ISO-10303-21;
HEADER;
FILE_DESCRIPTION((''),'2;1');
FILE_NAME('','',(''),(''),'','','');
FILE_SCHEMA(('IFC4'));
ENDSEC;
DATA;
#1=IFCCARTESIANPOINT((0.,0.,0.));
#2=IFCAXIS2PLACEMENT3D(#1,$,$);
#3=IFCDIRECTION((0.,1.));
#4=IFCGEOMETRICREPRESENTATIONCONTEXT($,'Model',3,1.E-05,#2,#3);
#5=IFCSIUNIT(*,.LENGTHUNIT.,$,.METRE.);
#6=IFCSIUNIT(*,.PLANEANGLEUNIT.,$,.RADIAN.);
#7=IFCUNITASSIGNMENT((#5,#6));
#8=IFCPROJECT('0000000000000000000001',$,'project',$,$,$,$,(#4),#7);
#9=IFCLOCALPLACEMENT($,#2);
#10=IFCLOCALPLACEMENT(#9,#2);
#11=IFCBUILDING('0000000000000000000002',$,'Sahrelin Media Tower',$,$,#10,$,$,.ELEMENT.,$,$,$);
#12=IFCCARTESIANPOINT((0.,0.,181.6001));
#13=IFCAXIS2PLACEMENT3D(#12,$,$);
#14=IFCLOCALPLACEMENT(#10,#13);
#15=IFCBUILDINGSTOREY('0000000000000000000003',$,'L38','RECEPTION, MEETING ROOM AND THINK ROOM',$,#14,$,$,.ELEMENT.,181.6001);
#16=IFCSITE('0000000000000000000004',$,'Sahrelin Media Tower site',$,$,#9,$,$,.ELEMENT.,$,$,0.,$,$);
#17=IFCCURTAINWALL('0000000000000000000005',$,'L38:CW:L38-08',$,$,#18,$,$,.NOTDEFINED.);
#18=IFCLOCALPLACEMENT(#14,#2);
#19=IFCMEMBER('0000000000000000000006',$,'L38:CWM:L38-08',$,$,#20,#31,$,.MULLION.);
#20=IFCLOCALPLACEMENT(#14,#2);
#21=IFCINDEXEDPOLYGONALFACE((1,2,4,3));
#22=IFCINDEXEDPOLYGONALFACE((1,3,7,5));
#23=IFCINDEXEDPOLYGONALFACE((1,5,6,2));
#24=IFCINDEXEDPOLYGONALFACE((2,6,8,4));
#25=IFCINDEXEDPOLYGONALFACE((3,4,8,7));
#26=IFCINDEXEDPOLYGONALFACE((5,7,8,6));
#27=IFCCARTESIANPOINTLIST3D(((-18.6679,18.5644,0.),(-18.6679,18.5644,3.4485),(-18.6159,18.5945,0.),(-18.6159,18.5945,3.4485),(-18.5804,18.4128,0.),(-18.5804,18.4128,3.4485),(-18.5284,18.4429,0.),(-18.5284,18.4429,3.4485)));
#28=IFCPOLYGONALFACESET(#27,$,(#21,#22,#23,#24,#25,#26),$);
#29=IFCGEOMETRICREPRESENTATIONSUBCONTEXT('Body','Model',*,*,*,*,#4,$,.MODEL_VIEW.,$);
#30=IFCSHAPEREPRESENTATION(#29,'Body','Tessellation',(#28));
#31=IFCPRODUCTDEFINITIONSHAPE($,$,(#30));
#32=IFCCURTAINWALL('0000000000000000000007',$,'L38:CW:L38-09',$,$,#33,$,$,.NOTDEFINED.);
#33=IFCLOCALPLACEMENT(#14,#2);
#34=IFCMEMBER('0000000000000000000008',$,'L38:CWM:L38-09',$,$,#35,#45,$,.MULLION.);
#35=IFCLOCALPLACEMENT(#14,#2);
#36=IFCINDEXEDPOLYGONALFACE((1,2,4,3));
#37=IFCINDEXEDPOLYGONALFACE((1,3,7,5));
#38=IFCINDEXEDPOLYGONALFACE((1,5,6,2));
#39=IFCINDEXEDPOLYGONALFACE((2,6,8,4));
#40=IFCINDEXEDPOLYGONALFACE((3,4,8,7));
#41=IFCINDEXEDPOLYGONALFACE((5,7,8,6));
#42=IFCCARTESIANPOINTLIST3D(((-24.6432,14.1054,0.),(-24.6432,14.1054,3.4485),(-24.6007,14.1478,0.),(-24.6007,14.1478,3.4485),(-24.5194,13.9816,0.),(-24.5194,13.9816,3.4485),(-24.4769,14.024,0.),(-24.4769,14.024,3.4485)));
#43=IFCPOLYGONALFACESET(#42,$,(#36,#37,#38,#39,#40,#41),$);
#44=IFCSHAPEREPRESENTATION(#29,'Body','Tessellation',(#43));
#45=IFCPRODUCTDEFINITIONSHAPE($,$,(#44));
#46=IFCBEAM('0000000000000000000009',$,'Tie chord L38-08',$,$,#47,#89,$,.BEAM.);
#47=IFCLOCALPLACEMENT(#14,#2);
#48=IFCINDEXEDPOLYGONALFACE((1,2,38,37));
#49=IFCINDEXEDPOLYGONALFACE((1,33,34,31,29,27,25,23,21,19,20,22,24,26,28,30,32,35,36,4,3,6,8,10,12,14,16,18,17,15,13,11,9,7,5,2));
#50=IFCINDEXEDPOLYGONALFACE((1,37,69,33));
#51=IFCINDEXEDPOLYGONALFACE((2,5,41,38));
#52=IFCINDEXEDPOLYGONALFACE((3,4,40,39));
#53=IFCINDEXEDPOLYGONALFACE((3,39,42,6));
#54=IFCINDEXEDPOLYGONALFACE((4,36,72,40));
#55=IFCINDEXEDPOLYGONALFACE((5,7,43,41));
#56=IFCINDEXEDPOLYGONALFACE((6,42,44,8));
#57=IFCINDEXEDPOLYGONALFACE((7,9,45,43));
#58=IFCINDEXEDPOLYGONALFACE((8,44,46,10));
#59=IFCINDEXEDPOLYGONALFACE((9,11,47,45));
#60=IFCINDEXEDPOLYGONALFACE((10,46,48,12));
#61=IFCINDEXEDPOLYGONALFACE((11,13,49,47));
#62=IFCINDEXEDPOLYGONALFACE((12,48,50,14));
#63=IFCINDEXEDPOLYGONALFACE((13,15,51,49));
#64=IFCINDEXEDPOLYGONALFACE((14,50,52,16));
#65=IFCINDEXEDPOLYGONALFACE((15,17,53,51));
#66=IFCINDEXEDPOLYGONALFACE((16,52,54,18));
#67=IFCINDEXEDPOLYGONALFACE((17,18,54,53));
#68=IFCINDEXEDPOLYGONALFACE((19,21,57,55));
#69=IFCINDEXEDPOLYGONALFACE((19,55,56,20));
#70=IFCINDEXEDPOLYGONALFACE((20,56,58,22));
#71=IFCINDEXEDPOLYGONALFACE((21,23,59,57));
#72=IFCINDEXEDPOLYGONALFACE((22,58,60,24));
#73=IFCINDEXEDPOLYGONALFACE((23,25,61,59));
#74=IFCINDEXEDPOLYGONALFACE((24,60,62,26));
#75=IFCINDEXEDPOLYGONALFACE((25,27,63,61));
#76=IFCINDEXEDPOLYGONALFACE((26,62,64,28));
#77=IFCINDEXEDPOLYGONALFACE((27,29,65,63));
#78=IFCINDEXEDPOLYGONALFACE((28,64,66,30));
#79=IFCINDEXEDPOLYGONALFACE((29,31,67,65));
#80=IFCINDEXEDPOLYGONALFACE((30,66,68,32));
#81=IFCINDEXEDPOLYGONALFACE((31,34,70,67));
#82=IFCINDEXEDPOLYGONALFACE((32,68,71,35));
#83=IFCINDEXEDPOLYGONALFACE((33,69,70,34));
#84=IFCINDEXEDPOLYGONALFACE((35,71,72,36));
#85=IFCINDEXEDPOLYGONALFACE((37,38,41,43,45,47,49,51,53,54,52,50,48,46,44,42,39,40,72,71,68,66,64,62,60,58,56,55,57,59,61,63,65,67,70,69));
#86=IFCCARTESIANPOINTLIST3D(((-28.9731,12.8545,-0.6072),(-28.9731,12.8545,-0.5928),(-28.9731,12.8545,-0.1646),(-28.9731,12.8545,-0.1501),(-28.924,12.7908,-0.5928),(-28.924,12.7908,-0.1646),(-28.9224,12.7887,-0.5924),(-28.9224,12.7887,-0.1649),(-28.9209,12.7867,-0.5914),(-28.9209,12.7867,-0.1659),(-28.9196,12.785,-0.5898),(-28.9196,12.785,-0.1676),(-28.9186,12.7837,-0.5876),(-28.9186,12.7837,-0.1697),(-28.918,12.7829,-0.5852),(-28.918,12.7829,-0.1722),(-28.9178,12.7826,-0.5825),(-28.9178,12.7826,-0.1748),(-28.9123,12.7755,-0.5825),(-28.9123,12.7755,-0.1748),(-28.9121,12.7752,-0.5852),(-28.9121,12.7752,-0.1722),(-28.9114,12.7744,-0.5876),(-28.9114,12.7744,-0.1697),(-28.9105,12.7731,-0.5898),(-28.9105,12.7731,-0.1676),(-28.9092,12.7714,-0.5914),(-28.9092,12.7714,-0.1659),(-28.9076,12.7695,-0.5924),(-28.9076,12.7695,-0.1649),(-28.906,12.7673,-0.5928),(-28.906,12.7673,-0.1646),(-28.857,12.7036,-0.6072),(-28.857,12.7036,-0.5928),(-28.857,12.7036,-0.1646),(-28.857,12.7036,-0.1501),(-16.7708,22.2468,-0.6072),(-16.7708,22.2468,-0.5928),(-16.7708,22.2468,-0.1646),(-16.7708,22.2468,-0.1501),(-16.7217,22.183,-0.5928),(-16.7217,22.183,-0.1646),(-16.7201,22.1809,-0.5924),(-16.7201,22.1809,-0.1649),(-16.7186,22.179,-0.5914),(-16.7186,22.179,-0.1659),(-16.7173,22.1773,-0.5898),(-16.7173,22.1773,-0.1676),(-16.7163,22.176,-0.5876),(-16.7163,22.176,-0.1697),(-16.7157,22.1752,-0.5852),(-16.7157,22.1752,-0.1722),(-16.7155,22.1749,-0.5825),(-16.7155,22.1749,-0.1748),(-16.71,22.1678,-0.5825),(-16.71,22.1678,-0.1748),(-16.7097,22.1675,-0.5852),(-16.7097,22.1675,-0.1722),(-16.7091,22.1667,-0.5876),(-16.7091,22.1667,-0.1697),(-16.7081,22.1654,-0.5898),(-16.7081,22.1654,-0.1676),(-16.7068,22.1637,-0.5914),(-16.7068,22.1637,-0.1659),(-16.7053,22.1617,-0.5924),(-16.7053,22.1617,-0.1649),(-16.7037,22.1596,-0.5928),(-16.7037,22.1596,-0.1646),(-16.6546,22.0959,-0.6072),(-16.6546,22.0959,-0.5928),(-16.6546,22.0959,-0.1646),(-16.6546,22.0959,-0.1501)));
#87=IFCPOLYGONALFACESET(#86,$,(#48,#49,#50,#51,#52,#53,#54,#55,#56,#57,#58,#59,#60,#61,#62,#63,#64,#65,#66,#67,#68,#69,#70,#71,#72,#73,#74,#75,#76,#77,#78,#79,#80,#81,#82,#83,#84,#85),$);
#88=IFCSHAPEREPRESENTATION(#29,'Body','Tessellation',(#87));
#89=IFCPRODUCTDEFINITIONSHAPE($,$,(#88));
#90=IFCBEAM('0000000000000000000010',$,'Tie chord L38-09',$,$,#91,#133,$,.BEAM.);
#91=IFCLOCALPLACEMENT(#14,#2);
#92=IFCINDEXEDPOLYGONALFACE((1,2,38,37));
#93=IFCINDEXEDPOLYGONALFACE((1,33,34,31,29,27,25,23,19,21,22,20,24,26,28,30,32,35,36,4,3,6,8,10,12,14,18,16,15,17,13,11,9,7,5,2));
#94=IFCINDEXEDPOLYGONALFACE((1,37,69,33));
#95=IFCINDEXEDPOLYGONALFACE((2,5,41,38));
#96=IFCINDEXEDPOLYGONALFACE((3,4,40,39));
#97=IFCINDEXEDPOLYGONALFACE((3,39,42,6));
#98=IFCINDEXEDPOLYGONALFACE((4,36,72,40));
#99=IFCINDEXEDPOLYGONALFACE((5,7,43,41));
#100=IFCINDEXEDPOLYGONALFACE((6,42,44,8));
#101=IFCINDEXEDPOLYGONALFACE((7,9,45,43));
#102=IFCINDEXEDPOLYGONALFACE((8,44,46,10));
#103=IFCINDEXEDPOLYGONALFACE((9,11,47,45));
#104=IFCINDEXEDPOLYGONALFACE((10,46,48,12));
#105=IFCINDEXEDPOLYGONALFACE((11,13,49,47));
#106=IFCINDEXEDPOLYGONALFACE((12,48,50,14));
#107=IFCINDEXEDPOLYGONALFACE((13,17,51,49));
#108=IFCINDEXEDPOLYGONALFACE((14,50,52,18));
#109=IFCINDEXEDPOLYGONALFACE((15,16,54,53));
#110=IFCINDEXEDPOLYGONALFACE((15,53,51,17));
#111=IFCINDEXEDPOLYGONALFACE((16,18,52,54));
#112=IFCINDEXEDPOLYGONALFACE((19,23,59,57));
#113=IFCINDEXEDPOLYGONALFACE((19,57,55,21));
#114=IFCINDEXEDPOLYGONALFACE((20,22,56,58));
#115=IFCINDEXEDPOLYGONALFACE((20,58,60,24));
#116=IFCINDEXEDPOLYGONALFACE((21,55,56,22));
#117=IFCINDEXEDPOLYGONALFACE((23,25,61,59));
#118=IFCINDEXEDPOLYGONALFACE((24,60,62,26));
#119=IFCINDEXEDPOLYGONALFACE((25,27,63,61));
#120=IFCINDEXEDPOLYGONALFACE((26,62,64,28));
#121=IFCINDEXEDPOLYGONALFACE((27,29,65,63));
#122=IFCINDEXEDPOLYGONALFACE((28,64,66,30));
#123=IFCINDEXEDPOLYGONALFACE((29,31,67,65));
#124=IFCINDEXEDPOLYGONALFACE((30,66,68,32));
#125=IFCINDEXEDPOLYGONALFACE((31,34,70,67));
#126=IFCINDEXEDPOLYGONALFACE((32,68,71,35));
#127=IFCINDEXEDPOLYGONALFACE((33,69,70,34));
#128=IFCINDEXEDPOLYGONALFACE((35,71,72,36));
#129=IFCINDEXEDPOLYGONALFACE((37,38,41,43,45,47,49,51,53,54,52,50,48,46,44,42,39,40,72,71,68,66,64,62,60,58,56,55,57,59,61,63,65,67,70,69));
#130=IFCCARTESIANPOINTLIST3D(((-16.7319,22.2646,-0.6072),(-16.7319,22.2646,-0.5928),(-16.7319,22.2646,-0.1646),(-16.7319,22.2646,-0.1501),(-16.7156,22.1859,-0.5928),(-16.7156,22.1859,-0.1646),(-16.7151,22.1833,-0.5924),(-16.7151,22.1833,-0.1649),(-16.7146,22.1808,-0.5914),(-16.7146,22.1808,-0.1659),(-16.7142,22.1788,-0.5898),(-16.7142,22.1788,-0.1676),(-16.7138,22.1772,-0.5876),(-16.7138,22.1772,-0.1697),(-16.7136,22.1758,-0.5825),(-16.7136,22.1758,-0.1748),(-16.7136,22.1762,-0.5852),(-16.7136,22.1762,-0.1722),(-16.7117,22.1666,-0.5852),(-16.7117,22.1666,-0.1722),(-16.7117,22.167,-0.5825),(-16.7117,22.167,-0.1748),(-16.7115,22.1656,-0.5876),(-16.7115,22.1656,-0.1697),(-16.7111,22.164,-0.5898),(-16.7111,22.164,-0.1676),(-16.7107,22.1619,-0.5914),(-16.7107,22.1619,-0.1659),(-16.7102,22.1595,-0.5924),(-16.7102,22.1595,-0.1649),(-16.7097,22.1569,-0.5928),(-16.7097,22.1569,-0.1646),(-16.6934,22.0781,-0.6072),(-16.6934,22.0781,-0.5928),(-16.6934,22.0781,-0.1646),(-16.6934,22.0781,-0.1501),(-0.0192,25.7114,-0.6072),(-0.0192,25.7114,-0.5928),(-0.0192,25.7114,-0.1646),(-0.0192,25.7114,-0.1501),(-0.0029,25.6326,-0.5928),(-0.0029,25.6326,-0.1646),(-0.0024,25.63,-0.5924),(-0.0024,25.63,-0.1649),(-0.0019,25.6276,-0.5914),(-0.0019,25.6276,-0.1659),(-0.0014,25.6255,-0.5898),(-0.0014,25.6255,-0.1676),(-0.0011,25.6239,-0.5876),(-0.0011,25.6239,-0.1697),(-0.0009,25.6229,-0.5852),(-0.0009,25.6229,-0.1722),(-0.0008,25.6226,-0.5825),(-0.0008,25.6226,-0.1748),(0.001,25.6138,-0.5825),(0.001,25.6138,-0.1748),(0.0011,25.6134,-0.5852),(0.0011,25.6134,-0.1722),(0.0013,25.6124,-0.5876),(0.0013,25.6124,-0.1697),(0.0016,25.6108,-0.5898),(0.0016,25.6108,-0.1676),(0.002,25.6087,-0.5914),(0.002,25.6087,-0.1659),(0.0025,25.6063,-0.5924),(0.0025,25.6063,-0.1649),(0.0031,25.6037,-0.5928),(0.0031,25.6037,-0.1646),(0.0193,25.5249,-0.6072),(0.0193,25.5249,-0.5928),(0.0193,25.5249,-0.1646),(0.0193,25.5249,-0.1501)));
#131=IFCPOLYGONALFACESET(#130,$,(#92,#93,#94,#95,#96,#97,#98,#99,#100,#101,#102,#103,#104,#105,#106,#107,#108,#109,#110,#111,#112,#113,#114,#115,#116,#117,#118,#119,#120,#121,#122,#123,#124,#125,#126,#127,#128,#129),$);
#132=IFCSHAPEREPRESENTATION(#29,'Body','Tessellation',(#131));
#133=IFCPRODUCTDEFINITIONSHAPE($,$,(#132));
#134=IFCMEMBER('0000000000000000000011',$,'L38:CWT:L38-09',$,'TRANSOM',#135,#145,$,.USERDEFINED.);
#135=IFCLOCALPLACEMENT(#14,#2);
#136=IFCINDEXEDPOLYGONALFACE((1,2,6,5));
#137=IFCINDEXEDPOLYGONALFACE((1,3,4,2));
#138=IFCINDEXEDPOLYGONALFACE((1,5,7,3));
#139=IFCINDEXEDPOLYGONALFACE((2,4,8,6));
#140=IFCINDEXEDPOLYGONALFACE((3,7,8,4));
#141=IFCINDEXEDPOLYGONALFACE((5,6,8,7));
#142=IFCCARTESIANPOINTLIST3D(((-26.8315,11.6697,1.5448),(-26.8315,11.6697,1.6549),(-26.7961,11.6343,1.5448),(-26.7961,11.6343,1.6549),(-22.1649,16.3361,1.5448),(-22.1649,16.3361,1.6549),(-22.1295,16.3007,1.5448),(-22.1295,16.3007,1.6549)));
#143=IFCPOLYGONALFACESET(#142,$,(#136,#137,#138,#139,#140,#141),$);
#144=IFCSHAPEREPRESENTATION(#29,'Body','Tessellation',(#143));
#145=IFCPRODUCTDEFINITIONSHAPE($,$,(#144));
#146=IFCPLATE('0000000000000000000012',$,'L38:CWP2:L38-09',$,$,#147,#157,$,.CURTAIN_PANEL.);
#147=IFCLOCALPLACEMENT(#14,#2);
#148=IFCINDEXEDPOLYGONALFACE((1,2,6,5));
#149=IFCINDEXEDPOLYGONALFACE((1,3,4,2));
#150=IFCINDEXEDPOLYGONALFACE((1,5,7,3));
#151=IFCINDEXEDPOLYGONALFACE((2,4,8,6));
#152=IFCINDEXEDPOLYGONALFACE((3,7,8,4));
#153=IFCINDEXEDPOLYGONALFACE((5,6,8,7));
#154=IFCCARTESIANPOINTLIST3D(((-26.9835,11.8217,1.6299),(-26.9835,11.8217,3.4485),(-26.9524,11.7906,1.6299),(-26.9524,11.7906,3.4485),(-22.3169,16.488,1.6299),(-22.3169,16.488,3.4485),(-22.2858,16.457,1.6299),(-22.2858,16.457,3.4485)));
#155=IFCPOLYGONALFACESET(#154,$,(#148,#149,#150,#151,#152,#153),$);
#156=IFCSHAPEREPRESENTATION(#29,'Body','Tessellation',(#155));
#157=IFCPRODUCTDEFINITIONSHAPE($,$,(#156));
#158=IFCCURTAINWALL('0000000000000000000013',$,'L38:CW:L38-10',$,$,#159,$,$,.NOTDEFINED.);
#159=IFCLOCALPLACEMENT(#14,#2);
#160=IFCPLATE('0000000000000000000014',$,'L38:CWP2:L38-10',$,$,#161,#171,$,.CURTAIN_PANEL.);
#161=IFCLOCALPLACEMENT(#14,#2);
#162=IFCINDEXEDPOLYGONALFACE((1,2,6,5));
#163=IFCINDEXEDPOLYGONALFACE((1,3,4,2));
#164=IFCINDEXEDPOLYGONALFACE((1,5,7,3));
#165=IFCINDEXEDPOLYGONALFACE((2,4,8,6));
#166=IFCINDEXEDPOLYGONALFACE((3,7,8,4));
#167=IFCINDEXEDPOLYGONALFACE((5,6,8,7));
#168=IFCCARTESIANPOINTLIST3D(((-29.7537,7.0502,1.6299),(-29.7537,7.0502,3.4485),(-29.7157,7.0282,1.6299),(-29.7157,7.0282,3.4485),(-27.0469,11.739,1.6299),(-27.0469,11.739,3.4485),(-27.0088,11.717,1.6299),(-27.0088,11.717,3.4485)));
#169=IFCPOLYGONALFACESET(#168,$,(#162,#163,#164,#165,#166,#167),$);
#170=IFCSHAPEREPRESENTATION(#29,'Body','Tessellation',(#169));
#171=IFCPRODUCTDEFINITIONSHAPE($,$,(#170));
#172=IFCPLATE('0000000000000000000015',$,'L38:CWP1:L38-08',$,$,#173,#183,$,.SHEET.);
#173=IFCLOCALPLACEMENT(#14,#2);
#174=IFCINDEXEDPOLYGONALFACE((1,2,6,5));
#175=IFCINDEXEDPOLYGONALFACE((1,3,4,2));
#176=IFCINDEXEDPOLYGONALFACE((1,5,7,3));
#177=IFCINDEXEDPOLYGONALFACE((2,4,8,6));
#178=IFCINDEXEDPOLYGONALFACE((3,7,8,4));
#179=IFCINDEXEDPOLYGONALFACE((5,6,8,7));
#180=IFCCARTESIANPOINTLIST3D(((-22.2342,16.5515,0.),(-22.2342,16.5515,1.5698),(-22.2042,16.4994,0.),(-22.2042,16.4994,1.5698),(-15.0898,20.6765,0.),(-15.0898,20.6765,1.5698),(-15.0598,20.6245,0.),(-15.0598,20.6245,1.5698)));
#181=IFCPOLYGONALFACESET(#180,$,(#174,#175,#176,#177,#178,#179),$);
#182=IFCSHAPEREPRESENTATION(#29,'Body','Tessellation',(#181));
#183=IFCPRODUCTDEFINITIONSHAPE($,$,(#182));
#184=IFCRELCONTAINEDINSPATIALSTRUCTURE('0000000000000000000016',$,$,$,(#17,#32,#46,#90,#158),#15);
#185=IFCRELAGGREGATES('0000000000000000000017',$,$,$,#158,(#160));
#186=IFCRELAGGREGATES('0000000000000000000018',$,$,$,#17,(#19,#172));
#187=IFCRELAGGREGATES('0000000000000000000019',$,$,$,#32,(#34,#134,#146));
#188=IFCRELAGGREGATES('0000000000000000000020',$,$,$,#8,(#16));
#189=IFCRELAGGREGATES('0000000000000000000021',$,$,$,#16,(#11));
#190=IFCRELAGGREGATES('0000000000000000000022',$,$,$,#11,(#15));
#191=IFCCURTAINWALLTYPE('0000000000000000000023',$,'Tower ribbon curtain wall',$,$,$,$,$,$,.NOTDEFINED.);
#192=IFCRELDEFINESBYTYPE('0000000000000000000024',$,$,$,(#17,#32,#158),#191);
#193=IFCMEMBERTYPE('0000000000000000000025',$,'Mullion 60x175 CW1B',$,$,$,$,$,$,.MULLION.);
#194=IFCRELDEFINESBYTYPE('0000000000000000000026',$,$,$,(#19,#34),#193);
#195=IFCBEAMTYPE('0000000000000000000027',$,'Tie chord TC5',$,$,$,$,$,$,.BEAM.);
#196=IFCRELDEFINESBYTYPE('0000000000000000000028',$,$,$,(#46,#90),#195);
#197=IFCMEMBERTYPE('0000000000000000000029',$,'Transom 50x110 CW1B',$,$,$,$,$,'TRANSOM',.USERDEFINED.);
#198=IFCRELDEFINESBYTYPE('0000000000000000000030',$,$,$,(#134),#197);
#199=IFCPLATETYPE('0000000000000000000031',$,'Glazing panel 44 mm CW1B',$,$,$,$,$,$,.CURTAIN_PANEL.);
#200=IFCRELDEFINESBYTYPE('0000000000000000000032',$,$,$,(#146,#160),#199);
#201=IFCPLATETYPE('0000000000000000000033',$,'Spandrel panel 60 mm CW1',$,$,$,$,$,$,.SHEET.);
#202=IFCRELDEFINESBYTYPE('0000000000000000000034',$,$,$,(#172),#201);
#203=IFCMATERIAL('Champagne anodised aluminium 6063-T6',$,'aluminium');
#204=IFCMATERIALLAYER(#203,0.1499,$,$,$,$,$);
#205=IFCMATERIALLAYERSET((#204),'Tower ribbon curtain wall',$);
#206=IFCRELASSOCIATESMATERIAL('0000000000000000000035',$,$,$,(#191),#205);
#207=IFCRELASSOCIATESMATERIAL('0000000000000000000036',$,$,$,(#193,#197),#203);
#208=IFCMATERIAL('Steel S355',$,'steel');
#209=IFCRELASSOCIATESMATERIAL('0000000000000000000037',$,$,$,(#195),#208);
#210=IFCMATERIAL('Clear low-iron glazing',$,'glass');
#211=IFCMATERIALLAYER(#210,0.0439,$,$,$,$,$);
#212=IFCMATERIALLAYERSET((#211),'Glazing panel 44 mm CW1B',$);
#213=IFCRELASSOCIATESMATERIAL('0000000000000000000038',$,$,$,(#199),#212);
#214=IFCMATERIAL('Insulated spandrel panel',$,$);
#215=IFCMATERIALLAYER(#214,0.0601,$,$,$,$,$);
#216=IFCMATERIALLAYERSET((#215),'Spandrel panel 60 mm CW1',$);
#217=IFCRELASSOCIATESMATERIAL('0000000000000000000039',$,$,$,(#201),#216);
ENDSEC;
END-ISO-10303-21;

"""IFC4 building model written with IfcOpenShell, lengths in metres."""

from ifc_helpers import new_model, si_unit, direction, frame, origin, origin_2d, place, context, subcontext, project, spatial, polyline, rectangle, i_section, outline, extrude, material, layer, layer_set, material_profile, profile_set, type_object, element, aggregate, save


model = new_model("IFC4")

# Units and contexts
model_context = context("Model", 3, precision=1e-05, world=origin(), true_north=direction((0.0, 1.0)))
body_context = subcontext(model_context, "Body", "Model", "MODEL_VIEW")
ifc_project = project(units=[si_unit("LENGTHUNIT", "METRE"), si_unit("PLANEANGLEUNIT", "RADIAN")], contexts=[model_context])

# Site, building, storey
site_placement = place(None, origin())
site = spatial("IfcSite", under=ifc_project, at=site_placement, Name="Sahrelin Media Tower site", CompositionType="ELEMENT", RefElevation=0.0)
building_placement = place(site_placement, origin())
building = spatial("IfcBuilding", under=site, at=building_placement, Name="Sahrelin Media Tower", CompositionType="ELEMENT")
storey_placement = place(building_placement, frame((0.0, 0.0, 181.6001)))
storey = spatial("IfcBuildingStorey", under=building, at=storey_placement, Name="L38", Description="RECEPTION, MEETING ROOM AND THINK ROOM", CompositionType="ELEMENT", Elevation=181.6001)

# Shared definitions
ifc_material_1 = material(Name="Steel S355", Category="steel")

# Curtain walls, members
ifc_material_2 = material(Name="Champagne anodised aluminium 6063-T6", Category="aluminium")
ifc_layer_1 = layer(ifc_material_2, 0.1499)
ifc_layer_set_1 = layer_set([ifc_layer_1], Name="Tower ribbon curtain wall")
curtain_wall_type = type_object("IfcCurtainWallType", Name="Tower ribbon curtain wall", PredefinedType="NOTDEFINED", material=ifc_layer_set_1)
curtain_wall_1_placement = place(storey_placement, frame((-18.6521, 18.5967, 0.0), z_axis=(0.0, 0.0, 1.0), x_axis=(1.0, 0.0, 0.0)))
curtain_wall_1 = element("IfcCurtainWall", 1, at=curtain_wall_1_placement, inside=storey, type_object=curtain_wall_type, Name="L38:CW:L38-08", PredefinedType="NOTDEFINED")
ifc_material_profile_1 = material_profile(ifc_material_2, rectangle(XDim=0.0601, YDim=0.175, at=origin_2d()), Name="Mullion 60x175")
ifc_profile_set_1 = profile_set([ifc_material_profile_1], Name="Champagne anodised aluminium 6063-T6")
member_type_1 = type_object("IfcMemberType", Name="Mullion 60x175 CW1B", PredefinedType="MULLION", material=ifc_profile_set_1)
member_1_placement = place(storey_placement, frame((-18.5981, 18.5037, 0.0), z_axis=(0.0, 0.0, 1.0), x_axis=(-0.866021, -0.500008, 0.0)))
member_1 = element("IfcMember", 2, at=member_1_placement, type_object=member_type_1, Name="L38:CWM:L38-08", PredefinedType="MULLION", context=body_context, shape_type="SweptSolid", body=[
    extrude(rectangle(XDim=0.0601, YDim=0.175, at=origin_2d()), origin(), (0.0, 0.0, 1.0), 3.4485),
])
curtain_wall_2_placement = place(storey_placement, frame((-24.636, 14.1406, 0.0), z_axis=(0.0, 0.0, 1.0), x_axis=(1.0, 0.0, 0.0)))
curtain_wall_2 = element("IfcCurtainWall", 3, at=curtain_wall_2_placement, inside=storey, type_object=curtain_wall_type, Name="L38:CW:L38-09", PredefinedType="NOTDEFINED")
member_2_placement = place(storey_placement, frame((-24.5601, 14.0647, 0.0), z_axis=(0.0, 0.0, 1.0), x_axis=(-0.707107, -0.707107, 0.0)))
member_2 = element("IfcMember", 4, at=member_2_placement, type_object=member_type_1, Name="L38:CWM:L38-09", PredefinedType="MULLION", context=body_context, shape_type="SweptSolid", body=[
    extrude(rectangle(XDim=0.0601, YDim=0.175, at=origin_2d()), origin(), (0.0, 0.0, 1.0), 3.4485),
])

# Beams
ifc_material_profile_2 = material_profile(ifc_material_1, i_section(OverallWidth=0.1904, OverallDepth=0.457, WebThickness=0.009, FlangeThickness=0.0144, FilletRadius=0.0103, at=origin_2d()), Name="UB 457x191x74")
ifc_profile_set_2 = profile_set([ifc_material_profile_2], Name="Steel S355")
beam_type_1 = type_object("IfcBeamType", Name="Tie chord TC5", PredefinedType="BEAM", material=ifc_profile_set_2)
beam_1_placement = place(storey_placement, frame((-28.915, 12.7791, -0.3787), z_axis=(0.792439, 0.609951, 0.0), x_axis=(-0.609951, 0.792439, 0.0)))
element("IfcBeam", 5, at=beam_1_placement, inside=storey, type_object=beam_type_1, Name="Tie chord L38-08", PredefinedType="BEAM", context=body_context, shape_type="SweptSolid", body=[
    extrude(i_section(OverallWidth=0.1904, OverallDepth=0.457, WebThickness=0.009, FlangeThickness=0.0144, FilletRadius=0.0103, at=origin_2d()), origin(), (0.0, 0.0, 1.0), 15.3984),
])
beam_2_placement = place(storey_placement, frame((-16.7126, 22.1714, -0.3787), z_axis=(0.979388, 0.201987, 0.0), x_axis=(-0.201987, 0.979388, 0.0)))
element("IfcBeam", 6, at=beam_2_placement, inside=storey, type_object=beam_type_1, Name="Tie chord L38-09", PredefinedType="BEAM", context=body_context, shape_type="SweptSolid", body=[
    extrude(i_section(OverallWidth=0.1904, OverallDepth=0.457, WebThickness=0.009, FlangeThickness=0.0144, FilletRadius=0.0103, at=origin_2d()), origin(), (0.0, 0.0, 1.0), 17.0645),
])

# Member
ifc_material_profile_3 = material_profile(ifc_material_2, rectangle(XDim=0.05, YDim=0.1101, at=origin_2d()), Name="Transom 50x110")
ifc_profile_set_3 = profile_set([ifc_material_profile_3], Name="Champagne anodised aluminium 6063-T6")
member_type_2 = type_object("IfcMemberType", Name="Transom 50x110 CW1B", ElementType="TRANSOM", PredefinedType="USERDEFINED", material=ifc_profile_set_3)
member_3_placement = place(storey_placement, frame((-22.1472, 16.3184, 1.5999), z_axis=(-0.707125, -0.707088, 0.0), x_axis=(0.707088, -0.707125, 0.0)))
member_3 = element("IfcMember", 7, at=member_3_placement, type_object=member_type_2, Name="L38:CWT:L38-09", ObjectType="TRANSOM", PredefinedType="USERDEFINED", context=body_context, shape_type="SweptSolid", body=[
    extrude(rectangle(XDim=0.05, YDim=0.1101, at=origin_2d()), origin(), (0.0, 0.0, 1.0), 6.5994),
])

# Plate
ifc_material_3 = material(Name="Clear low-iron glazing", Category="glass")
ifc_layer_2 = layer(ifc_material_3, 0.0439)
ifc_layer_set_2 = layer_set([ifc_layer_2], Name="Glazing panel 44 mm CW1B")
plate_type_1 = type_object("IfcPlateType", Name="Glazing panel 44 mm CW1B", PredefinedType="CURTAIN_PANEL", material=ifc_layer_set_2)
plate_1_placement = place(storey_placement, frame((-22.3169, 16.488, 1.6299), z_axis=(-0.707088, 0.707125, 0.0), x_axis=(-0.707125, -0.707088, 0.0)))
plate_1 = element("IfcPlate", 8, at=plate_1_placement, type_object=plate_type_1, Name="L38:CWP2:L38-09", PredefinedType="CURTAIN_PANEL", context=body_context, shape_type="SweptSolid", body=[
    extrude(outline(polyline([(0.0, 0.0), (6.5994, 0.0), (6.5994, 1.8186), (0.0, 1.8186), (0.0, 0.0)])), origin(), (0.0, 0.0, -1.0), 0.0439),
])

# Curtain wall, plate
curtain_wall_3_placement = place(storey_placement, frame((-28.3828, 9.3845, 0.0), z_axis=(0.0, 0.0, 1.0), x_axis=(1.0, 0.0, 0.0)))
curtain_wall_3 = element("IfcCurtainWall", 9, at=curtain_wall_3_placement, inside=storey, type_object=curtain_wall_type, Name="L38:CW:L38-10", PredefinedType="NOTDEFINED")
plate_2_placement = place(storey_placement, frame((-27.0469, 11.739, 1.6299), z_axis=(-0.866045, 0.499966, 0.0), x_axis=(-0.499966, -0.866045, 0.0)))
plate_2 = element("IfcPlate", 10, at=plate_2_placement, type_object=plate_type_1, Name="L38:CWP2:L38-10", PredefinedType="CURTAIN_PANEL", context=body_context, shape_type="SweptSolid", body=[
    extrude(outline(polyline([(0.0, 0.0), (5.4141, 0.0), (5.4141, 1.8186), (0.0, 1.8186), (0.0, 0.0)])), origin(), (0.0, 0.0, -1.0), 0.0439),
])
aggregate(curtain_wall_3, [plate_2])

# Plate
ifc_material_4 = material(Name="Insulated spandrel panel")
ifc_layer_3 = layer(ifc_material_4, 0.0601)
ifc_layer_set_3 = layer_set([ifc_layer_3], Name="Spandrel panel 60 mm CW1")
plate_type_2 = type_object("IfcPlateType", Name="Spandrel panel 60 mm CW1", PredefinedType="SHEET", material=ifc_layer_set_3)
plate_3_placement = place(storey_placement, frame((-15.0898, 20.6765, 0.0), z_axis=(-0.500022, 0.866013, 0.0), x_axis=(-0.866013, -0.500022, 0.0)))
plate_3 = element("IfcPlate", 11, at=plate_3_placement, type_object=plate_type_2, Name="L38:CWP1:L38-08", PredefinedType="SHEET", context=body_context, shape_type="SweptSolid", body=[
    extrude(outline(polyline([(0.0, 0.0), (8.2498, 0.0), (8.2498, 1.5698), (0.0, 1.5698), (0.0, 0.0)])), origin(), (0.0, 0.0, -1.0), 0.0601),
])
aggregate(curtain_wall_1, [member_1, plate_3])
aggregate(curtain_wall_2, [member_2, member_3, plate_1])

save(model, "model.ifc")
